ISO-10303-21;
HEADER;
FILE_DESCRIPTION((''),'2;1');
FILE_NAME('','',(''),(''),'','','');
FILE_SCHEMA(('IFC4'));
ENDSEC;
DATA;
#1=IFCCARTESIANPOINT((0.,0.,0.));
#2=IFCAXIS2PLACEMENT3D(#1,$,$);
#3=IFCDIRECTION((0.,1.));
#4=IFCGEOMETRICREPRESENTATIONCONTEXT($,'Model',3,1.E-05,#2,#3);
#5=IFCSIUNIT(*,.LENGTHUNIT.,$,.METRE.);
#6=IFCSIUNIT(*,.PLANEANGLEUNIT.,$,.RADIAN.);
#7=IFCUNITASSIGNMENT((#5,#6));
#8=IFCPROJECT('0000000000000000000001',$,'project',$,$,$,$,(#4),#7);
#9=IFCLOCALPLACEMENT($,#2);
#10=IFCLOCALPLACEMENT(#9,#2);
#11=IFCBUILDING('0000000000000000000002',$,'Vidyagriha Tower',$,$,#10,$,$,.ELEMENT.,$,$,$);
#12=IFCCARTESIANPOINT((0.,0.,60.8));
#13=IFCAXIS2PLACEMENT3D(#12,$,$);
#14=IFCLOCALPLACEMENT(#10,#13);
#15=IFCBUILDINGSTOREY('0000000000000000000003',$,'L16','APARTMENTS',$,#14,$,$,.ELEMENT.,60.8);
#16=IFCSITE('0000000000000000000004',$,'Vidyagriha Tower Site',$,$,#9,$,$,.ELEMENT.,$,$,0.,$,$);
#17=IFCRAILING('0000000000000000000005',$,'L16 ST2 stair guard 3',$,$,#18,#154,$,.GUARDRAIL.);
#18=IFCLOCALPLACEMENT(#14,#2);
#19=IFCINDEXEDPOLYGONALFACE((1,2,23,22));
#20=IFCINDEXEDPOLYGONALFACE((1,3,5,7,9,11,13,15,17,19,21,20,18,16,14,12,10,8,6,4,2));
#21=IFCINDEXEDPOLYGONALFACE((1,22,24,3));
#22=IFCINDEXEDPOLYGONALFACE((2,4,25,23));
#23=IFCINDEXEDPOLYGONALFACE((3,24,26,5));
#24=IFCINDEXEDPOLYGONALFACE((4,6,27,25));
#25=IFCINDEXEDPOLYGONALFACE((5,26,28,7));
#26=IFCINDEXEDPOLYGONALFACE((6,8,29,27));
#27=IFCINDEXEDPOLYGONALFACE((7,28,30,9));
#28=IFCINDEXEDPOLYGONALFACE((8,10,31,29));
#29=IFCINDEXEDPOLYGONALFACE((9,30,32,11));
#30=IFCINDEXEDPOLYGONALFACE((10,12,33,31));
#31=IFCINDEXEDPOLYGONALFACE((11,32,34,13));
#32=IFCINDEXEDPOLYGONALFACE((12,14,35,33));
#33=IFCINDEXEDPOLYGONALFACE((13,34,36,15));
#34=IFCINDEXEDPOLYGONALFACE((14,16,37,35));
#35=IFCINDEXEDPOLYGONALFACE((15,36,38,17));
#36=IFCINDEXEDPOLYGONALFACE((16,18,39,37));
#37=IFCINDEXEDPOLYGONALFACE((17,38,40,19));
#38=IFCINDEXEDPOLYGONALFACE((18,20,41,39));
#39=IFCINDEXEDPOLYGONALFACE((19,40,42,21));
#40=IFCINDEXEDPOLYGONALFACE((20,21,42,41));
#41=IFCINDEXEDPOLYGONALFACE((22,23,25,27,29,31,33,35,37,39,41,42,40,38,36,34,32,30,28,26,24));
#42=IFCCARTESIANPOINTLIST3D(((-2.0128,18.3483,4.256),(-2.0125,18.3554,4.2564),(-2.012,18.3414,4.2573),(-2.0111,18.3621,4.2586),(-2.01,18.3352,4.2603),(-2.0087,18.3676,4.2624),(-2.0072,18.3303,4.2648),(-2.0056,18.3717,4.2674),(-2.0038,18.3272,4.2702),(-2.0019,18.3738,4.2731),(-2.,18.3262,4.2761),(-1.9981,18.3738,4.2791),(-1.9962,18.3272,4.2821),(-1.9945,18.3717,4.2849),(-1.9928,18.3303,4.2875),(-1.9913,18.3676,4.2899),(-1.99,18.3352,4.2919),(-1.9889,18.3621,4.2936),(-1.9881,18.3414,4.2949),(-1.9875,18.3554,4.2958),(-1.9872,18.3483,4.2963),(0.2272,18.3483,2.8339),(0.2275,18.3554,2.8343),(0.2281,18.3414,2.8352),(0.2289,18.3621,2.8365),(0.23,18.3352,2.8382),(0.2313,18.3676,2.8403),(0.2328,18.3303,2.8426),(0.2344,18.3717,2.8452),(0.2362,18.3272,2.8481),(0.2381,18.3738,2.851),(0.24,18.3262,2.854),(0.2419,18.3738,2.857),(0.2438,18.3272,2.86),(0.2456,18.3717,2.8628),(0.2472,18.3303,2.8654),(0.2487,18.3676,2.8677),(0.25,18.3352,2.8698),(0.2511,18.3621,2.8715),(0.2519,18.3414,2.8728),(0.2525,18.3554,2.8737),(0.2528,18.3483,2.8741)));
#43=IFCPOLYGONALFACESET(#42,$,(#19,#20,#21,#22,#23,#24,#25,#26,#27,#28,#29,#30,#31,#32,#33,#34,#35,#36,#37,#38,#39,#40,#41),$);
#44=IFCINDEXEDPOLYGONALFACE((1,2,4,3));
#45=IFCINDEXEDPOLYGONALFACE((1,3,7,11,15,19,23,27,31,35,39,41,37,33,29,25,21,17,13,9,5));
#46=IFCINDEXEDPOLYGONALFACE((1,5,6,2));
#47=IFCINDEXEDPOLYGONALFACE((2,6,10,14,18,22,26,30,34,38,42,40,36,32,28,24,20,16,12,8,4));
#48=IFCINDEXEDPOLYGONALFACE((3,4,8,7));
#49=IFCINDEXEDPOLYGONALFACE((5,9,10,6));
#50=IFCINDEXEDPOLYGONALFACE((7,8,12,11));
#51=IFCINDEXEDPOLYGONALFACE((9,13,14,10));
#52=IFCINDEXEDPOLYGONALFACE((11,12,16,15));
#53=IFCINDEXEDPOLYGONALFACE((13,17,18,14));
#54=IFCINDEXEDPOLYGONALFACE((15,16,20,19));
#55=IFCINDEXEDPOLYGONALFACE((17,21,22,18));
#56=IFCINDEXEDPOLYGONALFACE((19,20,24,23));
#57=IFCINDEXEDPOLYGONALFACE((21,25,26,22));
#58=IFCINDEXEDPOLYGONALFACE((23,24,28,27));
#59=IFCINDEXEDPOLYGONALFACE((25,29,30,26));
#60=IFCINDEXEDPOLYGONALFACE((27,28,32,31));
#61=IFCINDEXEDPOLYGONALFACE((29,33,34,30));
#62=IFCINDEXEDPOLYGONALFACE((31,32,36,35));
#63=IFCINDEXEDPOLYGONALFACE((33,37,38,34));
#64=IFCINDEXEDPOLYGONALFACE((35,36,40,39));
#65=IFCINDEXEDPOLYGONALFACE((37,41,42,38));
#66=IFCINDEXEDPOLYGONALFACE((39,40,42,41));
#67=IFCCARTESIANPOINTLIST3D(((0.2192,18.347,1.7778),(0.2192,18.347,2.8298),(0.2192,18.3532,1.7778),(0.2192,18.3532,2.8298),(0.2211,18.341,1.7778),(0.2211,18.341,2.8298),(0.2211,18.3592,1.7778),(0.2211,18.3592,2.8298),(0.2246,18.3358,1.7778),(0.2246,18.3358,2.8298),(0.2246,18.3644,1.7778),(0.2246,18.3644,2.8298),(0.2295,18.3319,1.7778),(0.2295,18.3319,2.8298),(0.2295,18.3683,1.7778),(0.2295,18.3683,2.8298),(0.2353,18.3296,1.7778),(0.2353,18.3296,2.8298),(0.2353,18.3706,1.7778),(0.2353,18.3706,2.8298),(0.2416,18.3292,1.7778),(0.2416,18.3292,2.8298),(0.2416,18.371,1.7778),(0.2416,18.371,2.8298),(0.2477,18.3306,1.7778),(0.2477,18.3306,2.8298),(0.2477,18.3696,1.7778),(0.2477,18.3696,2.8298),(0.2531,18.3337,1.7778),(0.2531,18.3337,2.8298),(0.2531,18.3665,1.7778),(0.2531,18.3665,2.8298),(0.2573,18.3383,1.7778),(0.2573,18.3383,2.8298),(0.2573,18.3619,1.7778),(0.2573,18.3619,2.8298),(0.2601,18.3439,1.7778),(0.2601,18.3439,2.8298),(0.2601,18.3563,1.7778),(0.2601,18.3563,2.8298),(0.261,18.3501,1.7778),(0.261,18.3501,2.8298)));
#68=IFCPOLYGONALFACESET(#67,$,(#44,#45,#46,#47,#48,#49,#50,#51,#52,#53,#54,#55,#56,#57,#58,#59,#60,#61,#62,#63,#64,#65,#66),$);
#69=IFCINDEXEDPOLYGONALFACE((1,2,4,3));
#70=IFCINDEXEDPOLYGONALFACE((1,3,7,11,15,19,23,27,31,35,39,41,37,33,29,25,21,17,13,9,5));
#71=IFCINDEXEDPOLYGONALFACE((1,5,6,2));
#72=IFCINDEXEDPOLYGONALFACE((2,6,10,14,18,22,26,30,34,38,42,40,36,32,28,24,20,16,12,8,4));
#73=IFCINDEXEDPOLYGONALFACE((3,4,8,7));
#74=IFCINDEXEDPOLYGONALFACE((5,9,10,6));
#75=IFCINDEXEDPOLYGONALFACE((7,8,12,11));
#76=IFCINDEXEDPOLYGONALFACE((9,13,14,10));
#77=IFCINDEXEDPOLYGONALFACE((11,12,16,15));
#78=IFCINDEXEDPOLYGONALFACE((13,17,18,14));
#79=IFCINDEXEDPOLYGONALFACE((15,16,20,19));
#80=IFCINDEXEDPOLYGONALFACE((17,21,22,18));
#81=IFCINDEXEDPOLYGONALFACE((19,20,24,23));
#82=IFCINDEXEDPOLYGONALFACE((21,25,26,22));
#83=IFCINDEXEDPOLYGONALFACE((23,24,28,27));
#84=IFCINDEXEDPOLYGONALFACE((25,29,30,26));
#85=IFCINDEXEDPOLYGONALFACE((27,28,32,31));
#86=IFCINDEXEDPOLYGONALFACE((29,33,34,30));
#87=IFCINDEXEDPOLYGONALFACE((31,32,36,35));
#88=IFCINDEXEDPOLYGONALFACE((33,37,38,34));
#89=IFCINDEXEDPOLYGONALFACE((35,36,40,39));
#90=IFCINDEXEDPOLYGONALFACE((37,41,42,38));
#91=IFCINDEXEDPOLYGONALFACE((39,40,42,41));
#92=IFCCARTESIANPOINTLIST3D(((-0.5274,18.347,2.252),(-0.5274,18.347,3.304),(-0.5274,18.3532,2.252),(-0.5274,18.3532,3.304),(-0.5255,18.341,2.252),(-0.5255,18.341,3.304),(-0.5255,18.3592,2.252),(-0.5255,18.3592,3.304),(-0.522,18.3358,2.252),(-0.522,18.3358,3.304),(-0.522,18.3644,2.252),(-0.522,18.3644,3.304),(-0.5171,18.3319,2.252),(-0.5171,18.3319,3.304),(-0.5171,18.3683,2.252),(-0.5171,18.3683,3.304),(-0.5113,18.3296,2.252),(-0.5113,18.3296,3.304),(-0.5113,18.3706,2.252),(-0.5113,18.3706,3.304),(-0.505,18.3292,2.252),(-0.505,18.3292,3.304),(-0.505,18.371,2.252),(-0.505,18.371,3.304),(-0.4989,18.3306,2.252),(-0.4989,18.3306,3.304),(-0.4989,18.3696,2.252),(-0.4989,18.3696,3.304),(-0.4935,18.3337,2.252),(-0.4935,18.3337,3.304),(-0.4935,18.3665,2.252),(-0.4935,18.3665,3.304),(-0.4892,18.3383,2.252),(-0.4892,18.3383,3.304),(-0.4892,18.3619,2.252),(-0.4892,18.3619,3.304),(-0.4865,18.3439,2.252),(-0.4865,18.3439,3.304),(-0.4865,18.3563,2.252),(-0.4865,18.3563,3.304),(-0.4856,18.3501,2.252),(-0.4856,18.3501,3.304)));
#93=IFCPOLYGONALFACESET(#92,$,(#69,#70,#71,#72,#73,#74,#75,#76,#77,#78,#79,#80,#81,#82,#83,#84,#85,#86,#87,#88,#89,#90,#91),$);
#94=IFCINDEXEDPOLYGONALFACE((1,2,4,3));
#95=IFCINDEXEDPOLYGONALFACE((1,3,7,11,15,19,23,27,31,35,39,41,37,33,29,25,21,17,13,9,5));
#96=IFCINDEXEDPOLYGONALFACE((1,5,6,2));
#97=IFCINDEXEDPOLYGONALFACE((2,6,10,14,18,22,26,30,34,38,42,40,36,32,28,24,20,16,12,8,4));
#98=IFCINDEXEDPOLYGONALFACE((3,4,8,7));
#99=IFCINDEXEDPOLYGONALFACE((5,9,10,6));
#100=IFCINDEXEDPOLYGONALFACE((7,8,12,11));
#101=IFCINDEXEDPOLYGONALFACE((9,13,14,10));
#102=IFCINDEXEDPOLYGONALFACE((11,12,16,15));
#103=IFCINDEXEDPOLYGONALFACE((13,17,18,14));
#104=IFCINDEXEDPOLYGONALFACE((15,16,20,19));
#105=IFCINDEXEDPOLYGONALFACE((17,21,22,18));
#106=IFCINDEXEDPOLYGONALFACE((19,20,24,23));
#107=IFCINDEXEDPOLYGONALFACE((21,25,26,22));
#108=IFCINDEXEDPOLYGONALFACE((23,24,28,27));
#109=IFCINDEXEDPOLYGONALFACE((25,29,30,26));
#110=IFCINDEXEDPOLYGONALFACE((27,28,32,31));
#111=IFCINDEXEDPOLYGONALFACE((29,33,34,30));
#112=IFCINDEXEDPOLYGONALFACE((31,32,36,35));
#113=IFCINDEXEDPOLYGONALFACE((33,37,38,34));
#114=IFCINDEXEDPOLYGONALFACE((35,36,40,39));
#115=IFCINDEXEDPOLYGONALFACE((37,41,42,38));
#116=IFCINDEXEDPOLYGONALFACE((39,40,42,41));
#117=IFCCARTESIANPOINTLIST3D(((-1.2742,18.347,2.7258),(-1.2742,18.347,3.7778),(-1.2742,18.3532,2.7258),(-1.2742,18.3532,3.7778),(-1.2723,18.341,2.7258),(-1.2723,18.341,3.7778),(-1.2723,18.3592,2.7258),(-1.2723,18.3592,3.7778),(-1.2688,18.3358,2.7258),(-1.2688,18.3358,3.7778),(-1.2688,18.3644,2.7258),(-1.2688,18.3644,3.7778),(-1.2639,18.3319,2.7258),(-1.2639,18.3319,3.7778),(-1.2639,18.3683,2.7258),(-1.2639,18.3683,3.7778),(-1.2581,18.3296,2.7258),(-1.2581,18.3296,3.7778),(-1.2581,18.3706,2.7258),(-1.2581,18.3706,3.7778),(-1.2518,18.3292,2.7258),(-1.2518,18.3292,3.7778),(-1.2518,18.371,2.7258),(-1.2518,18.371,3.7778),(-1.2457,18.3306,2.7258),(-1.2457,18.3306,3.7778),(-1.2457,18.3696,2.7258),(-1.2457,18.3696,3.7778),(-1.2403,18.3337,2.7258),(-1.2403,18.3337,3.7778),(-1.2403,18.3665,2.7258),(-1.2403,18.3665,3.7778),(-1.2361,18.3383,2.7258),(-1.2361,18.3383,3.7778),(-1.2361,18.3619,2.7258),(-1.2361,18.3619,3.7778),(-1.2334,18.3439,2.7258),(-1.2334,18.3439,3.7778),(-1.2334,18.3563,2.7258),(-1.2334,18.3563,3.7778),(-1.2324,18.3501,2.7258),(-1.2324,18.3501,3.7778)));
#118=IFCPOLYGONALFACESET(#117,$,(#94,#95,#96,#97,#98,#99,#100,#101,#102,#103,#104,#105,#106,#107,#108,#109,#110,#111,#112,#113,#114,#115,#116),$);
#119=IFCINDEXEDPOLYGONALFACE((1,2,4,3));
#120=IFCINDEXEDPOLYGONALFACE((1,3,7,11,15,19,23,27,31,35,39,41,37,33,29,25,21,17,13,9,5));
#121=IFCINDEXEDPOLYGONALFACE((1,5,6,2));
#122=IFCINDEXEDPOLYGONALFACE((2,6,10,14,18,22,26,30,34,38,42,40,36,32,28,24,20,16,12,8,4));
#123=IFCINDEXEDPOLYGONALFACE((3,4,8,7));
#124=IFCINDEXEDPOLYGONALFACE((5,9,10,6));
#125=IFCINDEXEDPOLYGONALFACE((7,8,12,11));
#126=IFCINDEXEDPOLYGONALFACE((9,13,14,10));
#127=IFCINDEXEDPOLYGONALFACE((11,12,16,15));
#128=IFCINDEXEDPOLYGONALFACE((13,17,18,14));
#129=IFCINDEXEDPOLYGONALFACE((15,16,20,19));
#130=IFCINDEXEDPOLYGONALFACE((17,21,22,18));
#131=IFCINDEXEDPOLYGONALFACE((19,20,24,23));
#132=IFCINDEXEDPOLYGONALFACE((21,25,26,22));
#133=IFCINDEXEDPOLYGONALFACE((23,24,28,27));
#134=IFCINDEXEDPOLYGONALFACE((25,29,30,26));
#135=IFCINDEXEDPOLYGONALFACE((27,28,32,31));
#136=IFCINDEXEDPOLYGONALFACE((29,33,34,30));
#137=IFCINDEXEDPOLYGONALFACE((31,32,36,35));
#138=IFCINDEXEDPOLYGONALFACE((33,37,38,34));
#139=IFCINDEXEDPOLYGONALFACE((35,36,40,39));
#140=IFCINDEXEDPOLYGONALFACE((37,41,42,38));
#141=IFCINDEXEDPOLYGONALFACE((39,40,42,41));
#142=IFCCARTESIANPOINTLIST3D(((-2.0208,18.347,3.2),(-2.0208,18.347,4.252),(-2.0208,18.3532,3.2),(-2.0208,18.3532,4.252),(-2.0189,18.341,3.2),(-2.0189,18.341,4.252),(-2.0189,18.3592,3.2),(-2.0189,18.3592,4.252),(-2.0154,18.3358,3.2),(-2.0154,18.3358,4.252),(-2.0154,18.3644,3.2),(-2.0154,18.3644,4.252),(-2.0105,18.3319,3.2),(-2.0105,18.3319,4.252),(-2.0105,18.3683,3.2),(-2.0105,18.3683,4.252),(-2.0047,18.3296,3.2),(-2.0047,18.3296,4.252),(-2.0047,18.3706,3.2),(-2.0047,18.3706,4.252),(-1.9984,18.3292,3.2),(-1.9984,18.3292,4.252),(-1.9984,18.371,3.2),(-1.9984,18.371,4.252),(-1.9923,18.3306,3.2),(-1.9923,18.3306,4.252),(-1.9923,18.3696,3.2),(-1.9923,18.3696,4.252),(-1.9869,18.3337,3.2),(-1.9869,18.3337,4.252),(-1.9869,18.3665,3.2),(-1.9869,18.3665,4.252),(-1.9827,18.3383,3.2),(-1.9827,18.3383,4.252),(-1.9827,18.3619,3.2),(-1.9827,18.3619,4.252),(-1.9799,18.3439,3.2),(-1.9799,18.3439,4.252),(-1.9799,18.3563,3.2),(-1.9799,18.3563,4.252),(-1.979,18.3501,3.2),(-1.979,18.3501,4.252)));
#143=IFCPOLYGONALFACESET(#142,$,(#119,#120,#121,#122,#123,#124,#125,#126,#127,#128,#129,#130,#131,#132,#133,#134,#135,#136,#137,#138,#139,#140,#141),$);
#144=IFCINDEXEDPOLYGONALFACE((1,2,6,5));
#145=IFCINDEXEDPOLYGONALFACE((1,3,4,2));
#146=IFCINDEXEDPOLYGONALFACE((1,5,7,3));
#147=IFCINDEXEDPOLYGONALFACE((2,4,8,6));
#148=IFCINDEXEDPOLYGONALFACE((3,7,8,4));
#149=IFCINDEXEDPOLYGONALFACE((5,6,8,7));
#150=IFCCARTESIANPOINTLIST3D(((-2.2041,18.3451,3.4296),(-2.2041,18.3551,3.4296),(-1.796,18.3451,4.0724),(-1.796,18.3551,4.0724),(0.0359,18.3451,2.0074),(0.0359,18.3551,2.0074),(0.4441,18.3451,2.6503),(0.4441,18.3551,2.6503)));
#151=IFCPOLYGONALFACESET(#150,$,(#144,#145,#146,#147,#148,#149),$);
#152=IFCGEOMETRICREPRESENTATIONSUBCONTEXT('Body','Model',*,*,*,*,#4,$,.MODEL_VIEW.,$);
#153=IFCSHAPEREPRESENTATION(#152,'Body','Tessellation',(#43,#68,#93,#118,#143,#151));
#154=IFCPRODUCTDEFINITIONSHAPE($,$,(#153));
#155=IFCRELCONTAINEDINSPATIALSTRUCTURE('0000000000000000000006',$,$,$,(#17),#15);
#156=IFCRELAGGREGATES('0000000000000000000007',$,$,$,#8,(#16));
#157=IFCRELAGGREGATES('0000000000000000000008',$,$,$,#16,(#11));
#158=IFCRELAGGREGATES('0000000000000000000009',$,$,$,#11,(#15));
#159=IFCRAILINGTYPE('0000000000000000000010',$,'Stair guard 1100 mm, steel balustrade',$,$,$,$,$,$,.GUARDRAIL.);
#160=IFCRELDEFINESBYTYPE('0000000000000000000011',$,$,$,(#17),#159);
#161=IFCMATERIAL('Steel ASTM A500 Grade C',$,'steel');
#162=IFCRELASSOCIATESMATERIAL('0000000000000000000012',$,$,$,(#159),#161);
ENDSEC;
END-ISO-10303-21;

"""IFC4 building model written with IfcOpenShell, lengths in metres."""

from ifc_helpers import new_model, si_unit, direction, frame, origin, origin_2d, place, context, subcontext, project, spatial, rectangle, circle, extrude, material, type_object, element, save


model = new_model("IFC4")

# Units and contexts
model_context = context("Model", 3, precision=1e-05, world=origin(), true_north=direction((0.0, 1.0)))
body_context = subcontext(model_context, "Body", "Model", "MODEL_VIEW")
ifc_project = project(units=[si_unit("LENGTHUNIT", "METRE"), si_unit("PLANEANGLEUNIT", "RADIAN")], contexts=[model_context])

# Site, building, storey
site_placement = place(None, origin())
site = spatial("IfcSite", under=ifc_project, at=site_placement, Name="Vidyagriha Tower Site", CompositionType="ELEMENT", RefElevation=0.0)
building_placement = place(site_placement, origin())
building = spatial("IfcBuilding", under=site, at=building_placement, Name="Vidyagriha Tower", CompositionType="ELEMENT")
storey_placement = place(building_placement, frame((0.0, 0.0, 60.8)))
storey = spatial("IfcBuildingStorey", under=building, at=storey_placement, Name="L16", Description="APARTMENTS", CompositionType="ELEMENT", Elevation=60.8)

# Railing
ifc_material_1 = material(Name="Steel ASTM A500 Grade C", Category="steel")
railing_type_1 = type_object("IfcRailingType", Name="Stair guard 1100 mm, steel balustrade", PredefinedType="GUARDRAIL", material=ifc_material_1)
railing_1_placement = place(storey_placement, frame((0.24, 18.3501, 1.7778)))
element("IfcRailing", 1, at=railing_1_placement, inside=storey, type_object=railing_type_1, Name="L16 ST2 stair guard 3", PredefinedType="GUARDRAIL", context=body_context, shape_type="SweptSolid", body=[
    extrude(circle(Radius=0.0239, at=origin_2d()), frame((0.0, 0.0, 1.0762), z_axis=(-0.844229, 0.0, 0.535982), x_axis=(0.0, -1.0, 0.0)), (0.0, 0.0, 1.0), 2.6533),
    extrude(circle(Radius=0.021, at=origin_2d()), origin(), (0.0, 0.0, 1.0), 1.052),
    extrude(circle(Radius=0.021, at=origin_2d()), frame((-0.7466, 0.0, 0.4741)), (0.0, 0.0, 1.0), 1.052),
    extrude(circle(Radius=0.021, at=origin_2d()), frame((-1.4934, 0.0, 0.948)), (0.0, 0.0, 1.0), 1.052),
    extrude(circle(Radius=0.021, at=origin_2d()), frame((-2.24, 0.0, 1.4221)), (0.0, 0.0, 1.0), 1.052),
    extrude(rectangle(XDim=0.01, YDim=0.7615, at=origin_2d()), frame((0.0, 0.0, 0.551), z_axis=(-0.844229, 0.0, 0.535982), x_axis=(0.0, -1.0, 0.0)), (0.0, 0.0, 1.0), 2.6533),
])

save(model, "model.ifc")
